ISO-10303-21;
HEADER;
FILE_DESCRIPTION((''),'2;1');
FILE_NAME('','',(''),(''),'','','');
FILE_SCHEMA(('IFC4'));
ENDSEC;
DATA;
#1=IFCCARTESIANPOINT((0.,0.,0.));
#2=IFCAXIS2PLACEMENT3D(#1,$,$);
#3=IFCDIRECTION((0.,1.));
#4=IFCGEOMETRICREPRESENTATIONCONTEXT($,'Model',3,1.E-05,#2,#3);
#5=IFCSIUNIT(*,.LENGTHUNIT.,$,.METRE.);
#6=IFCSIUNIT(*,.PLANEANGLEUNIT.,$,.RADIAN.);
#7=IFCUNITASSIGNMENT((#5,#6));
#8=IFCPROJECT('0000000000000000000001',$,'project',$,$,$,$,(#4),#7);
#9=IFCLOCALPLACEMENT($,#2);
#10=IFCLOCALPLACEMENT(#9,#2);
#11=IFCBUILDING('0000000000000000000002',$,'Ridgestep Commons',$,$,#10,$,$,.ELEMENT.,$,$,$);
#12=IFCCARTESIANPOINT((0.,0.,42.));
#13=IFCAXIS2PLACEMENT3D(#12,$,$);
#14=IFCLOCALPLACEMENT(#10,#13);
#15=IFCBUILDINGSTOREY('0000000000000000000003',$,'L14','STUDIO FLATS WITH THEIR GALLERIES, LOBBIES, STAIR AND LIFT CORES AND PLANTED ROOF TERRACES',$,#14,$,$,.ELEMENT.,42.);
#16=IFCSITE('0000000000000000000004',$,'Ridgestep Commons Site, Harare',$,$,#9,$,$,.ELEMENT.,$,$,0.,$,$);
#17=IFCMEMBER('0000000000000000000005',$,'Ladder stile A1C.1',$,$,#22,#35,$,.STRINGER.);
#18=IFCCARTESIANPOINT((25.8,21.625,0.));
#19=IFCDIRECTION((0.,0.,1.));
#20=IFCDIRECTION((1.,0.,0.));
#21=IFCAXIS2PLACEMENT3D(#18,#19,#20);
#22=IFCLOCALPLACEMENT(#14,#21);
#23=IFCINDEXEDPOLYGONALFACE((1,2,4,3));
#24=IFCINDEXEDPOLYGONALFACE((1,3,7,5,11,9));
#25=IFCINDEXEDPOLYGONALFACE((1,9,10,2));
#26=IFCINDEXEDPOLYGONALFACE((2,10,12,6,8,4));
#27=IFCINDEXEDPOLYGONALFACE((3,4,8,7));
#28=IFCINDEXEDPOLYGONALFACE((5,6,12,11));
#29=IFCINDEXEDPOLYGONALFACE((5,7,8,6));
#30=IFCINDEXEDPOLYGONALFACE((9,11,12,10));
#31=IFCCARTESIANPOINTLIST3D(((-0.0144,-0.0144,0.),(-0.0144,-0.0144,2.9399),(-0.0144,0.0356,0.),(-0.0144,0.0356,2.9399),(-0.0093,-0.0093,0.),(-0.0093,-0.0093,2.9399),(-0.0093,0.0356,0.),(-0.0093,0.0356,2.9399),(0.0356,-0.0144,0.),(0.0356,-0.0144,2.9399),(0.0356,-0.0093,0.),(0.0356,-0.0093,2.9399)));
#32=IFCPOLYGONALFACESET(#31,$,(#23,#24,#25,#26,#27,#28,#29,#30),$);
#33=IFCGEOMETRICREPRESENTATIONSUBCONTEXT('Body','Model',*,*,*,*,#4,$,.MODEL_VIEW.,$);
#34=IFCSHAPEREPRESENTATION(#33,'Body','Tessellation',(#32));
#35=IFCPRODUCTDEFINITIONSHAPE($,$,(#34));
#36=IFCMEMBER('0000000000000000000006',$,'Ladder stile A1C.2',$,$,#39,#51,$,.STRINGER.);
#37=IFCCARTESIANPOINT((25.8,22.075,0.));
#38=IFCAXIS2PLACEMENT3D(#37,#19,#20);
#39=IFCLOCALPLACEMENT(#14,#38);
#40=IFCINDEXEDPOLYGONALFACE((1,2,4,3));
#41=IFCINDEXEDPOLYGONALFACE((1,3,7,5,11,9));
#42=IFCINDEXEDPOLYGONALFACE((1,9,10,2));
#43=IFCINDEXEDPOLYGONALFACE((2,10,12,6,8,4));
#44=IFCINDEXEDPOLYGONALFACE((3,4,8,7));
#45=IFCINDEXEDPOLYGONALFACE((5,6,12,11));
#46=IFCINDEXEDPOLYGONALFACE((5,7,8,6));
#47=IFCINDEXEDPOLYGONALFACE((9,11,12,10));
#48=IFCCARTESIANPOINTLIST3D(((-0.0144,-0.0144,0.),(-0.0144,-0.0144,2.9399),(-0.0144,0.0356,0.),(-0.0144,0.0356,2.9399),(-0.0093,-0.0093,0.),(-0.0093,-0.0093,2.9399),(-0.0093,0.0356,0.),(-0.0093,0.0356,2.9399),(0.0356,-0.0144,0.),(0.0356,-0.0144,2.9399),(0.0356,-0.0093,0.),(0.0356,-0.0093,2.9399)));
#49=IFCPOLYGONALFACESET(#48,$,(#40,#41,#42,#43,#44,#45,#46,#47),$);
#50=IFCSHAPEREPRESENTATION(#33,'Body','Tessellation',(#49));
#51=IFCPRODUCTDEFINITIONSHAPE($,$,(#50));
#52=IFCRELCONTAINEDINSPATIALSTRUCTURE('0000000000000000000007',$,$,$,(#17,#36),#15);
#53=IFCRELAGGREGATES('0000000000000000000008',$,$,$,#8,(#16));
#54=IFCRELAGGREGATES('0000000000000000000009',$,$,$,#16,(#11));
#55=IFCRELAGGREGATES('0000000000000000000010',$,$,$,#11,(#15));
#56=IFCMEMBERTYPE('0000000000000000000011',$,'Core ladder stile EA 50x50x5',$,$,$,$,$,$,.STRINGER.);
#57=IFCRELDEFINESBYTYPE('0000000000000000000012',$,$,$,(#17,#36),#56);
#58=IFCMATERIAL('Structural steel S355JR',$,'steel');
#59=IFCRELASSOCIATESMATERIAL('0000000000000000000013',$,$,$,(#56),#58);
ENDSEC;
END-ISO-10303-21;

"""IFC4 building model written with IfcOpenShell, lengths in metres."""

from ifc_helpers import new_model, si_unit, direction, frame, origin, place, context, subcontext, project, spatial, polyline, outline, extrude, material, material_profile, profile_set, type_object, element, save


model = new_model("IFC4")

# Units and contexts
model_context = context("Model", 3, precision=1e-05, world=origin(), true_north=direction((0.0, 1.0)))
body_context = subcontext(model_context, "Body", "Model", "MODEL_VIEW")
ifc_project = project(units=[si_unit("LENGTHUNIT", "METRE"), si_unit("PLANEANGLEUNIT", "RADIAN")], contexts=[model_context])

# Site, building, storey
site_placement = place(None, origin())
site = spatial("IfcSite", under=ifc_project, at=site_placement, Name="Ridgestep Commons Site, Harare", CompositionType="ELEMENT", RefElevation=0.0)
building_placement = place(site_placement, origin())
building = spatial("IfcBuilding", under=site, at=building_placement, Name="Ridgestep Commons", CompositionType="ELEMENT")
storey_placement = place(building_placement, frame((0.0, 0.0, 42.0)))
storey = spatial("IfcBuildingStorey", under=building, at=storey_placement, Name="L14", Description="STUDIO FLATS WITH THEIR GALLERIES, LOBBIES, STAIR AND LIFT CORES AND PLANTED ROOF TERRACES", CompositionType="ELEMENT", Elevation=42.0)

# Members
ifc_material_1 = material(Name="Structural steel S355JR", Category="steel")
ifc_material_profile_1 = material_profile(ifc_material_1, outline(polyline([(-0.0144, -0.0144), (0.0356, -0.0144), (0.0356, -0.0093), (-0.0093, -0.0093), (-0.0093, 0.0356), (-0.0144, 0.0356), (-0.0144, -0.0144)])), Name="EA 50x50x5")
ifc_profile_set_1 = profile_set([ifc_material_profile_1], Name="Structural steel S355JR")
member_type_1 = type_object("IfcMemberType", Name="Core ladder stile EA 50x50x5", PredefinedType="STRINGER", material=ifc_profile_set_1)
for number, where, z_axis, x_axis, name in (
    (1, (25.8, 21.625, 0.0), (0.0, 0.0, 1.0), (1.0, 0.0, 0.0), "Ladder stile A1C.1"),
    (2, (25.8, 22.075, 0.0), (0.0, 0.0, 1.0), (1.0, 0.0, 0.0), "Ladder stile A1C.2"),
):
    element("IfcMember", number, at=place(storey_placement, frame(where, z_axis=z_axis, x_axis=x_axis)), inside=storey, type_object=member_type_1, Name=name, PredefinedType="STRINGER", context=body_context, shape_type="SweptSolid", body=[
        extrude(outline(polyline([(-0.0144, -0.0144), (0.0356, -0.0144), (0.0356, -0.0093), (-0.0093, -0.0093), (-0.0093, 0.0356), (-0.0144, 0.0356), (-0.0144, -0.0144)])), origin(), (0.0, 0.0, 1.0), 2.9399),
    ])

save(model, "model.ifc")
